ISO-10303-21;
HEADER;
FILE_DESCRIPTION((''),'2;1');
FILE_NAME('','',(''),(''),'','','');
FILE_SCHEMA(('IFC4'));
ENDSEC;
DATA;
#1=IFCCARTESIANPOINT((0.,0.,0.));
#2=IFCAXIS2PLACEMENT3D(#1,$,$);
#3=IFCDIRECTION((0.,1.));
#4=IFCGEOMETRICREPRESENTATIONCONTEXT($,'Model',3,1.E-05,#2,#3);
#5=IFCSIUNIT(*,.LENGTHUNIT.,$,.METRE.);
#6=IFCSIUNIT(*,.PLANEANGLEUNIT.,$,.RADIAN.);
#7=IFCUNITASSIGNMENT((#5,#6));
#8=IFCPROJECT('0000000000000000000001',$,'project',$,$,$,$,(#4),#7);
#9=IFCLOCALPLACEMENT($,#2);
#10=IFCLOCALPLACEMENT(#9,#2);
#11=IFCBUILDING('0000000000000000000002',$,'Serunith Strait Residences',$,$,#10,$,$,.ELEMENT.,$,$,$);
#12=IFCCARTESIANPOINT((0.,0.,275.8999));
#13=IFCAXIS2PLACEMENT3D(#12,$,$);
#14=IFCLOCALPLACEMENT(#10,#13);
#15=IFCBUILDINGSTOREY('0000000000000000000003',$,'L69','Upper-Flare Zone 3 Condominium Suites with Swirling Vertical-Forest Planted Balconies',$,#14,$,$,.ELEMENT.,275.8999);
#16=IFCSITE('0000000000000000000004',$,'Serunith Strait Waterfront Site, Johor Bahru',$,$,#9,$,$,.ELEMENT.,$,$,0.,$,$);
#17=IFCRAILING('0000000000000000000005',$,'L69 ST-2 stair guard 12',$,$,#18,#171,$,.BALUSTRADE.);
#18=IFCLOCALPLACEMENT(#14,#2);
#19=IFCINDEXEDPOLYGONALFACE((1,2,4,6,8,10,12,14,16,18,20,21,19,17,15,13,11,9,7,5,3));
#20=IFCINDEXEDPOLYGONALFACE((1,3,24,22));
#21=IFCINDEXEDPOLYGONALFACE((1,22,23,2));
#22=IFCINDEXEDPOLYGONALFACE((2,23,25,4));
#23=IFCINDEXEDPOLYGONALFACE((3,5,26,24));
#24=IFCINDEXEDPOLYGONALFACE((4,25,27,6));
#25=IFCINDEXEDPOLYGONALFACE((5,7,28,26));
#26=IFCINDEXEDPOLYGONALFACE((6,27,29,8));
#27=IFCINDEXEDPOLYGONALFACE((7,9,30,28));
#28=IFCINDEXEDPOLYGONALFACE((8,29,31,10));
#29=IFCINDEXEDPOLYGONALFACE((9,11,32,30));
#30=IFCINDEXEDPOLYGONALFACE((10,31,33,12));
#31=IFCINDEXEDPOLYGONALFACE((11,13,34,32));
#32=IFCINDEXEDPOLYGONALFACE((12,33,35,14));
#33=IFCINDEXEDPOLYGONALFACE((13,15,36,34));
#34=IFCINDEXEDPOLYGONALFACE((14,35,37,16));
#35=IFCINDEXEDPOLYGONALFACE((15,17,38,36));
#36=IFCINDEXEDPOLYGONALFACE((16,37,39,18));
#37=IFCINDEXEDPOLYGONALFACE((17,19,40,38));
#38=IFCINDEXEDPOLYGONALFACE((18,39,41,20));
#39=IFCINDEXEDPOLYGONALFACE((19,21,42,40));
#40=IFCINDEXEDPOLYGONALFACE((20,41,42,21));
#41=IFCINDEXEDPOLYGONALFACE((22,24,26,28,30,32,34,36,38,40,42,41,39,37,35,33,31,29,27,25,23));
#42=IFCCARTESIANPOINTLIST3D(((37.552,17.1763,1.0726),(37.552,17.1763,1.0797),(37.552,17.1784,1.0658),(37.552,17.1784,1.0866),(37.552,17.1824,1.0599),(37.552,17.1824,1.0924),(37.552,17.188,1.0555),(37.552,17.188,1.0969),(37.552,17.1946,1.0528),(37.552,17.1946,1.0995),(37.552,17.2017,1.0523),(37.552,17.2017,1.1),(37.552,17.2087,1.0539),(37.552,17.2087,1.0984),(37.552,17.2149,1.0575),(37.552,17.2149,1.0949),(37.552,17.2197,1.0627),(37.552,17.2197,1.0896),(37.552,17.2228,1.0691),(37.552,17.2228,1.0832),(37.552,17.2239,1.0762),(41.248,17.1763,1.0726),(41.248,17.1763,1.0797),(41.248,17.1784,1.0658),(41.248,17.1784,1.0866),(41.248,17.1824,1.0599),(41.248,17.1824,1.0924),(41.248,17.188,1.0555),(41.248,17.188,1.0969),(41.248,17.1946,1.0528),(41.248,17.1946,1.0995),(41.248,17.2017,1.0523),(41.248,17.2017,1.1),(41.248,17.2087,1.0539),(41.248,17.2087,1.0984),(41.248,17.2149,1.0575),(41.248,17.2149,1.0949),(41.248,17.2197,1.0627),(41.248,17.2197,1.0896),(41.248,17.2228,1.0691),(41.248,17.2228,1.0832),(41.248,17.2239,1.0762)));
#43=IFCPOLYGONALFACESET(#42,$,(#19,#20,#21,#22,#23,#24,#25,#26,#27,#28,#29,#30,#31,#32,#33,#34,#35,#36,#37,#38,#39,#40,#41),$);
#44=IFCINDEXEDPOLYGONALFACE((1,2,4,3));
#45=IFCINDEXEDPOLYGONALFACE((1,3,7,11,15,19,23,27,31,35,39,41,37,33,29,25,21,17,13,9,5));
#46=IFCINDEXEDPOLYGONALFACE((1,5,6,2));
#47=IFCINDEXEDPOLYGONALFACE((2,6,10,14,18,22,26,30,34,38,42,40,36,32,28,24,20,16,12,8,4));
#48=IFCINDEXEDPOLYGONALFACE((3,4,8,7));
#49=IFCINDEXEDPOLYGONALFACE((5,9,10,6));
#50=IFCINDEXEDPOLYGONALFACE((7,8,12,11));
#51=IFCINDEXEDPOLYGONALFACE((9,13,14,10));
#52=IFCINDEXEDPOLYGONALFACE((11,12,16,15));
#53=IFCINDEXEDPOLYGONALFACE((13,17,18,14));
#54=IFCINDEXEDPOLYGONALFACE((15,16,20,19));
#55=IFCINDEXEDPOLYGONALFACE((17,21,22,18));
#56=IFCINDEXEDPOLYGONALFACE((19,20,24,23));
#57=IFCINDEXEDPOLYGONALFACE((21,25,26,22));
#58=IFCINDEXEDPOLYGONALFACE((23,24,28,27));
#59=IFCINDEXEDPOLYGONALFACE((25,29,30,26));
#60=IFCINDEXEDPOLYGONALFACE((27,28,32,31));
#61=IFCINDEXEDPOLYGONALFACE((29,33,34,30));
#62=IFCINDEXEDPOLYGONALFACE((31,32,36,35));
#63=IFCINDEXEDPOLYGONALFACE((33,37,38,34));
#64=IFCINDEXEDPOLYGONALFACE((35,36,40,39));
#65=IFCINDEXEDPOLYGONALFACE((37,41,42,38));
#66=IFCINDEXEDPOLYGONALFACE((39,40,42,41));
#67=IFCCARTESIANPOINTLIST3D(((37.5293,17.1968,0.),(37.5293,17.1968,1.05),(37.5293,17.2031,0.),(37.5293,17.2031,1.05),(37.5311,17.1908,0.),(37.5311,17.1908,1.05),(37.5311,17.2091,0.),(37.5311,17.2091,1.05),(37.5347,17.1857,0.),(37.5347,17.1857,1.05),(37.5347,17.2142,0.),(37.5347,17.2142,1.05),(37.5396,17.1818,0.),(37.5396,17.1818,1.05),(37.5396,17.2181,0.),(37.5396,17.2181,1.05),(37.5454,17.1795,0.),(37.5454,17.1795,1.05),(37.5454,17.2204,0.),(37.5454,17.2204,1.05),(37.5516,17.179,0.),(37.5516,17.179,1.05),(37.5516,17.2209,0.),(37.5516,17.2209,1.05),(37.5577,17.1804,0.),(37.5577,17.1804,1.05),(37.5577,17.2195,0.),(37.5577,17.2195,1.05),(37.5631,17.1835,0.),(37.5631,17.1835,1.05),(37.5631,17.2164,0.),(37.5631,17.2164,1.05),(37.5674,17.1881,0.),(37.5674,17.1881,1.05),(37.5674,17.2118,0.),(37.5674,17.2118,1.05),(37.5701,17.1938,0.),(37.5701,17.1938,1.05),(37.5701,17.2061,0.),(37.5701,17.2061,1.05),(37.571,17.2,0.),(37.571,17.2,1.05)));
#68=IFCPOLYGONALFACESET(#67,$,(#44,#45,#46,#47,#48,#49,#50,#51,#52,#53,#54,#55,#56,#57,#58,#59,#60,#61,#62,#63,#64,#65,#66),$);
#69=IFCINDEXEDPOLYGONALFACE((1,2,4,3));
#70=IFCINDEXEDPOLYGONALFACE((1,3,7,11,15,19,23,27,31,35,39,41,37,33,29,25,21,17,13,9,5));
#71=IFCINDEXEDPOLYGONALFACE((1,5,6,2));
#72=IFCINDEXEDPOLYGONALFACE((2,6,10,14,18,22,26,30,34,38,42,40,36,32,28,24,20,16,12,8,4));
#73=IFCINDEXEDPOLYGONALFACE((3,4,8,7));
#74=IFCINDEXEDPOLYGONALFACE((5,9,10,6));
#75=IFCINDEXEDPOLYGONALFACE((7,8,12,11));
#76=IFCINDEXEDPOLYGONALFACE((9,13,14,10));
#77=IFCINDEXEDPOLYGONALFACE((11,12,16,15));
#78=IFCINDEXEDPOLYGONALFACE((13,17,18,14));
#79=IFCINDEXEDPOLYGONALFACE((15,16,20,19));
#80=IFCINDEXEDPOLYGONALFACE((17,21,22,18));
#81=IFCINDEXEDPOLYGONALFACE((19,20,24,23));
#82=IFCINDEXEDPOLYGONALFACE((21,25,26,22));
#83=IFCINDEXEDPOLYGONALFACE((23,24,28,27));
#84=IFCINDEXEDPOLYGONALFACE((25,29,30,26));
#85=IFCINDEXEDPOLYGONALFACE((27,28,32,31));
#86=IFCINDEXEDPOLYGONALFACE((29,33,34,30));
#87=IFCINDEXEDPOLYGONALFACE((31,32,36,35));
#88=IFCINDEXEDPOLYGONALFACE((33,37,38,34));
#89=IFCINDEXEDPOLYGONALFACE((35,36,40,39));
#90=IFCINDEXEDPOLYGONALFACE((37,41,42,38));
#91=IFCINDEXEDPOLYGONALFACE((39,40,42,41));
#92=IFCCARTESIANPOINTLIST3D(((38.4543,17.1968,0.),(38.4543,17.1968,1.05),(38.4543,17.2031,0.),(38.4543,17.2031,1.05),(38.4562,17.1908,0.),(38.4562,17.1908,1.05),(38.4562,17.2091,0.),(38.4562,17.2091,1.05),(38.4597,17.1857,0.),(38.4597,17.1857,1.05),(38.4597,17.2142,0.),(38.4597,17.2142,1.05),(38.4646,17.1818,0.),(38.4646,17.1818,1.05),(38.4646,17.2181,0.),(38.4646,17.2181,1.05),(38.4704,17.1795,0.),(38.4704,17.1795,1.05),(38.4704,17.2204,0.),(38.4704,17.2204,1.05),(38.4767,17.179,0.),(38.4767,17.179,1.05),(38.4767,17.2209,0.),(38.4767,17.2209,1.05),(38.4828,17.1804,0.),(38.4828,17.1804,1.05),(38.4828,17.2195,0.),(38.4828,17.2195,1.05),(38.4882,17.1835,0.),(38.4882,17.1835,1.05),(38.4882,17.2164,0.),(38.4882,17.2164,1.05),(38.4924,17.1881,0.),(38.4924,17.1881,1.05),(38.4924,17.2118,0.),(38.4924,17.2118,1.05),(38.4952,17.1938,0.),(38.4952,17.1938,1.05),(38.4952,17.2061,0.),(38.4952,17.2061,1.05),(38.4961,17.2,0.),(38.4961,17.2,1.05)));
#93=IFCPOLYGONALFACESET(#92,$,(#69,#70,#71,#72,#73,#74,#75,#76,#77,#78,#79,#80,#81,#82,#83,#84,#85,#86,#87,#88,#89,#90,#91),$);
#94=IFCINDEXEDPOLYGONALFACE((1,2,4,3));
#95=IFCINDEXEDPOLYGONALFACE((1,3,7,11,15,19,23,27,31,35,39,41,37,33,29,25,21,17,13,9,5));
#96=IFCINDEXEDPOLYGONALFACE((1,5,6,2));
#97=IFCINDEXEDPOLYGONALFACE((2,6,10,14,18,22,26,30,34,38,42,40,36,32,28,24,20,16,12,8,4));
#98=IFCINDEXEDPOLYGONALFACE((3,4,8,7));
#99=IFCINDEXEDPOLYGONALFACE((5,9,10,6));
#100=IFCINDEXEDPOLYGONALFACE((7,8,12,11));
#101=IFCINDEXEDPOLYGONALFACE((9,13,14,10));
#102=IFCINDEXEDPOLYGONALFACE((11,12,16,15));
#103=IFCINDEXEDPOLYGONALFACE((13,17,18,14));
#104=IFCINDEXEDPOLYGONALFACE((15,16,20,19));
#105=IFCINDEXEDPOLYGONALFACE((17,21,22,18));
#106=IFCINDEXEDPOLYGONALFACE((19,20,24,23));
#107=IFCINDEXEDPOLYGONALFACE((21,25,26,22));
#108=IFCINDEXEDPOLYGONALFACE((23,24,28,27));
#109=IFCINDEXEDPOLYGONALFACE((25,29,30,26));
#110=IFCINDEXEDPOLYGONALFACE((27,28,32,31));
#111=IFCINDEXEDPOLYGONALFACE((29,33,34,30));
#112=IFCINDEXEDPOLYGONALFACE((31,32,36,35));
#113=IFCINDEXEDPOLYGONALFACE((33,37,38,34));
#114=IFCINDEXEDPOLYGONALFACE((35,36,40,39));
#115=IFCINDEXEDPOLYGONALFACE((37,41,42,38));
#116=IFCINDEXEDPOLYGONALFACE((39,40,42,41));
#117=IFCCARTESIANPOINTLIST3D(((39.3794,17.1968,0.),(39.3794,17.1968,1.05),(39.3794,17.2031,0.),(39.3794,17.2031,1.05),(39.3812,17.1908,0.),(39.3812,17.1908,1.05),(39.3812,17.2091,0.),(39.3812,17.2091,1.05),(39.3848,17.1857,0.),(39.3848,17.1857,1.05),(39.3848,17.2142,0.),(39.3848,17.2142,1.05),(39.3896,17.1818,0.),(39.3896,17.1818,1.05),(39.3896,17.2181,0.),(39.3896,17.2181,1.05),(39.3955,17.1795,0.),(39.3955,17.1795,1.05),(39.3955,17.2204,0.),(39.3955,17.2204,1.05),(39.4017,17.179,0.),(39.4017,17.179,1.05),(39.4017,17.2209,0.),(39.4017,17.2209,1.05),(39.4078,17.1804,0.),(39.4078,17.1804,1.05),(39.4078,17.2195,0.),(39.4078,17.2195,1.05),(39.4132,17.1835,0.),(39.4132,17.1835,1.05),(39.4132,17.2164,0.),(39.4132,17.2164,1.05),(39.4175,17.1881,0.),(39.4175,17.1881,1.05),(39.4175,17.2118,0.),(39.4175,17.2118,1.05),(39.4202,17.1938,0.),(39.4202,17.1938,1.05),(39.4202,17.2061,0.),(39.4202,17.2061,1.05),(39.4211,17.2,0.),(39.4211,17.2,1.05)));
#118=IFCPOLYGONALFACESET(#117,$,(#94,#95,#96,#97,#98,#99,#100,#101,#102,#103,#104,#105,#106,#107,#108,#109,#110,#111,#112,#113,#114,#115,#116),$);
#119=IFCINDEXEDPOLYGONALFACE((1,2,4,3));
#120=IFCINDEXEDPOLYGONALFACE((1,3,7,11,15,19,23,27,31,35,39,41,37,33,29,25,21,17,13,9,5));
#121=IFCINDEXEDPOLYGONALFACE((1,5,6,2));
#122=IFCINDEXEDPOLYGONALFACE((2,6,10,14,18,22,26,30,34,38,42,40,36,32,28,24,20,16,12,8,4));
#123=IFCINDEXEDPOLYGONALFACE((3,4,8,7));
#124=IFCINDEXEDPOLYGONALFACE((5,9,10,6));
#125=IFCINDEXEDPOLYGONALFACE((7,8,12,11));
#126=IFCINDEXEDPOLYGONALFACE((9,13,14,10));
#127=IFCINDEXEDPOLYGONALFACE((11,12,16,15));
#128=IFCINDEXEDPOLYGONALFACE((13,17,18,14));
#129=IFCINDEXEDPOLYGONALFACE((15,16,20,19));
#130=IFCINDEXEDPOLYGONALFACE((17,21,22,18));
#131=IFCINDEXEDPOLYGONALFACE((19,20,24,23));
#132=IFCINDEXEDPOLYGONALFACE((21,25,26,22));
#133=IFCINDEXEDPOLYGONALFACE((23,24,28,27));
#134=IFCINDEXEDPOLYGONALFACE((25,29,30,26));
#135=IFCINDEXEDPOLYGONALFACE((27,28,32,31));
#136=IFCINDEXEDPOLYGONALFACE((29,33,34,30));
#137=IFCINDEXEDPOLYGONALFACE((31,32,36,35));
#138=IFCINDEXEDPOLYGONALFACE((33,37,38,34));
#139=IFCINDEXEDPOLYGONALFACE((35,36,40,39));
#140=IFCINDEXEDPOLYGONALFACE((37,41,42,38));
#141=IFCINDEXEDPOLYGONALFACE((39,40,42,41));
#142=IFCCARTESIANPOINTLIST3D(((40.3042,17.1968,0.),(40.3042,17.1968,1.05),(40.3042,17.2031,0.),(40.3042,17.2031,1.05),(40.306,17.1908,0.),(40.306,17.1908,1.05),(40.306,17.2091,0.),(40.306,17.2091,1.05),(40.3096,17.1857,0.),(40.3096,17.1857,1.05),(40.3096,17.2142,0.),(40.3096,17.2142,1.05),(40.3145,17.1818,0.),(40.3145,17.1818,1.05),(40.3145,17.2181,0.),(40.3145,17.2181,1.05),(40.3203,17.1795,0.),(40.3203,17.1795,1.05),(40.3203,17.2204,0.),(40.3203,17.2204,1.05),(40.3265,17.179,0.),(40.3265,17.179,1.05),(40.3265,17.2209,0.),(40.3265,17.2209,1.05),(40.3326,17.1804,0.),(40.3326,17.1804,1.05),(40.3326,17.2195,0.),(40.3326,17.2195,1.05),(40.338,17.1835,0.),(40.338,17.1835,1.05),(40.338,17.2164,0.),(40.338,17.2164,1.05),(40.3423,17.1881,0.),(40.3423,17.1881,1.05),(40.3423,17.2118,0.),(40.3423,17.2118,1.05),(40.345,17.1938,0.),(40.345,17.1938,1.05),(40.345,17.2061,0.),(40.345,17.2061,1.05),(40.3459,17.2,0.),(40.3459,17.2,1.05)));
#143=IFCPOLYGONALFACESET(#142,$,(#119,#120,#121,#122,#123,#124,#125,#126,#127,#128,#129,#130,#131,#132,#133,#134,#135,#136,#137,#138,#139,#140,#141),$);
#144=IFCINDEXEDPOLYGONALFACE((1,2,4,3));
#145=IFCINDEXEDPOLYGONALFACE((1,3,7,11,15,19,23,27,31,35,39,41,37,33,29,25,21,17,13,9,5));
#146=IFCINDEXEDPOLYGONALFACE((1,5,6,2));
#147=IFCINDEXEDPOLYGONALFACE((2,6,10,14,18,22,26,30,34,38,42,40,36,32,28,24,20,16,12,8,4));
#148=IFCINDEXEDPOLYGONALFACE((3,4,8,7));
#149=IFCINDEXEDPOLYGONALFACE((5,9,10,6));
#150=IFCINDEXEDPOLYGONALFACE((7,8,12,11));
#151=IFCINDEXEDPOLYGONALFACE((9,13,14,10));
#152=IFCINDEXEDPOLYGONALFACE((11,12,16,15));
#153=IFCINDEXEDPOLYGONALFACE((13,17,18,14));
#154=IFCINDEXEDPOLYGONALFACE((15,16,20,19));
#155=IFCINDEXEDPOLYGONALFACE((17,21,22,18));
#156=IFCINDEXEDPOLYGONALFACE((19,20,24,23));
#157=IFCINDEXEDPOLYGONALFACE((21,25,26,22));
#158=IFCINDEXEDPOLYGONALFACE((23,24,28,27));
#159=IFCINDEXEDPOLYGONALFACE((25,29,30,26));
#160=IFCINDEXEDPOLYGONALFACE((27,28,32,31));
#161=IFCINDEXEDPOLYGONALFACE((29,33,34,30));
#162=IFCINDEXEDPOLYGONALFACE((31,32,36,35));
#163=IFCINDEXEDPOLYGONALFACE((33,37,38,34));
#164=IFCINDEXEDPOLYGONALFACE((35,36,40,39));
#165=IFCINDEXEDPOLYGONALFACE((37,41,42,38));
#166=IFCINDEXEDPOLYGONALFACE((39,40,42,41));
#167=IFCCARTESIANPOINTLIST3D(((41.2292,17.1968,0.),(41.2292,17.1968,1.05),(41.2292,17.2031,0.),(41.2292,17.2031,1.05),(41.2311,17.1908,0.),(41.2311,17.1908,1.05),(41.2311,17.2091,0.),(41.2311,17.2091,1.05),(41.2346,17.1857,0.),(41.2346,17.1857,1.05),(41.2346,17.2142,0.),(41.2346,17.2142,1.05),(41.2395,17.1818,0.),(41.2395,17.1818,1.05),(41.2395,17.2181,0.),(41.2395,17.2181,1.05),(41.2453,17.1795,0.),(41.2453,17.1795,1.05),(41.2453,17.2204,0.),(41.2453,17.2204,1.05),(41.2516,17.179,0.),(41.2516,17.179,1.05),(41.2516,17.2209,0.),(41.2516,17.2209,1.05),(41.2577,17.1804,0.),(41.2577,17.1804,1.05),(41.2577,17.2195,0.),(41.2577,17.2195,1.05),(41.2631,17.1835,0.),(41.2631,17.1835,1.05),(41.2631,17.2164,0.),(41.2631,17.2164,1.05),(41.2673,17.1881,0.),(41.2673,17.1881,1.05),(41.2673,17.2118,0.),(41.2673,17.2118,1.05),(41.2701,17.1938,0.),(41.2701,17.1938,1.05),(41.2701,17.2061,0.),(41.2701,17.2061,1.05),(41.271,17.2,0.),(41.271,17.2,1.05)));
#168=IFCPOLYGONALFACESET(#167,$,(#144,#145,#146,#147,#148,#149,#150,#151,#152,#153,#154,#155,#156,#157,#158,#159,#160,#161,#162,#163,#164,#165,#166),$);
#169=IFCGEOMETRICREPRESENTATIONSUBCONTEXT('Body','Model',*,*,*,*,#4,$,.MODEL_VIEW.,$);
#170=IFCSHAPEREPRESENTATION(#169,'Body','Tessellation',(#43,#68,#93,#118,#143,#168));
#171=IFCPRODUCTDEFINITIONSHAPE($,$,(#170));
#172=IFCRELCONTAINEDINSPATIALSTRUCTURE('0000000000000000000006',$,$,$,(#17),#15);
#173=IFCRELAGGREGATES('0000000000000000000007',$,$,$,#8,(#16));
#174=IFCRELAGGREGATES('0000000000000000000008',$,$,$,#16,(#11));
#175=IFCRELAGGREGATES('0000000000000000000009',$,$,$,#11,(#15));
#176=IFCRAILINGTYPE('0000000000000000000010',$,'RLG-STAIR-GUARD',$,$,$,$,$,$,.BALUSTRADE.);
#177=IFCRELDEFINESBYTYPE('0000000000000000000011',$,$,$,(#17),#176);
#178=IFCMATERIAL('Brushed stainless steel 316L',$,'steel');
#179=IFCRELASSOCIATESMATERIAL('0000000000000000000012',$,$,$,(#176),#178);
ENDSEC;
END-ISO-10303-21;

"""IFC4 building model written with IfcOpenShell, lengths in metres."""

from ifc_helpers import new_model, si_unit, direction, frame, origin, origin_2d, place, context, subcontext, project, spatial, circle, extrude, material, type_object, element, save


model = new_model("IFC4")

# Units and contexts
model_context = context("Model", 3, precision=1e-05, world=origin(), true_north=direction((0.0, 1.0)))
body_context = subcontext(model_context, "Body", "Model", "MODEL_VIEW")
ifc_project = project(units=[si_unit("LENGTHUNIT", "METRE"), si_unit("PLANEANGLEUNIT", "RADIAN")], contexts=[model_context])

# Site, building, storey
site_placement = place(None, origin())
site = spatial("IfcSite", under=ifc_project, at=site_placement, Name="Serunith Strait Waterfront Site, Johor Bahru", CompositionType="ELEMENT", RefElevation=0.0)
building_placement = place(site_placement, origin())
building = spatial("IfcBuilding", under=site, at=building_placement, Name="Serunith Strait Residences", CompositionType="ELEMENT")
storey_placement = place(building_placement, frame((0.0, 0.0, 275.8999)))
storey = spatial("IfcBuildingStorey", under=building, at=storey_placement, Name="L69", Description="Upper-Flare Zone 3 Condominium Suites with Swirling Vertical-Forest Planted Balconies", CompositionType="ELEMENT", Elevation=275.8999)

# Railing
ifc_material_1 = material(Name="Brushed stainless steel 316L", Category="steel")
railing_type_1 = type_object("IfcRailingType", Name="RLG-STAIR-GUARD", PredefinedType="BALUSTRADE", material=ifc_material_1)
railing_1_placement = place(storey_placement, frame((37.55, 17.2, 0.0)))
element("IfcRailing", 1, at=railing_1_placement, inside=storey, type_object=railing_type_1, Name="L69 ST-2 stair guard 12", PredefinedType="BALUSTRADE", context=body_context, shape_type="SweptSolid", body=[
    extrude(circle(Radius=0.0239, at=origin_2d()), frame((0.002, 0.0, 1.0762), z_axis=(1.0, 0.0, 0.0), x_axis=(0.0, 1.0, 0.0)), (0.0, 0.0, 1.0), 3.696),
    extrude(circle(Radius=0.021, at=origin_2d()), origin(), (0.0, 0.0, 1.0), 1.05),
    extrude(circle(Radius=0.021, at=origin_2d()), frame((0.925, 0.0, 0.0)), (0.0, 0.0, 1.0), 1.05),
    extrude(circle(Radius=0.021, at=origin_2d()), frame((1.8501, 0.0, 0.0)), (0.0, 0.0, 1.0), 1.05),
    extrude(circle(Radius=0.021, at=origin_2d()), frame((2.7749, 0.0, 0.0)), (0.0, 0.0, 1.0), 1.05),
    extrude(circle(Radius=0.021, at=origin_2d()), frame((3.7, 0.0, 0.0)), (0.0, 0.0, 1.0), 1.05),
])

save(model, "model.ifc")
